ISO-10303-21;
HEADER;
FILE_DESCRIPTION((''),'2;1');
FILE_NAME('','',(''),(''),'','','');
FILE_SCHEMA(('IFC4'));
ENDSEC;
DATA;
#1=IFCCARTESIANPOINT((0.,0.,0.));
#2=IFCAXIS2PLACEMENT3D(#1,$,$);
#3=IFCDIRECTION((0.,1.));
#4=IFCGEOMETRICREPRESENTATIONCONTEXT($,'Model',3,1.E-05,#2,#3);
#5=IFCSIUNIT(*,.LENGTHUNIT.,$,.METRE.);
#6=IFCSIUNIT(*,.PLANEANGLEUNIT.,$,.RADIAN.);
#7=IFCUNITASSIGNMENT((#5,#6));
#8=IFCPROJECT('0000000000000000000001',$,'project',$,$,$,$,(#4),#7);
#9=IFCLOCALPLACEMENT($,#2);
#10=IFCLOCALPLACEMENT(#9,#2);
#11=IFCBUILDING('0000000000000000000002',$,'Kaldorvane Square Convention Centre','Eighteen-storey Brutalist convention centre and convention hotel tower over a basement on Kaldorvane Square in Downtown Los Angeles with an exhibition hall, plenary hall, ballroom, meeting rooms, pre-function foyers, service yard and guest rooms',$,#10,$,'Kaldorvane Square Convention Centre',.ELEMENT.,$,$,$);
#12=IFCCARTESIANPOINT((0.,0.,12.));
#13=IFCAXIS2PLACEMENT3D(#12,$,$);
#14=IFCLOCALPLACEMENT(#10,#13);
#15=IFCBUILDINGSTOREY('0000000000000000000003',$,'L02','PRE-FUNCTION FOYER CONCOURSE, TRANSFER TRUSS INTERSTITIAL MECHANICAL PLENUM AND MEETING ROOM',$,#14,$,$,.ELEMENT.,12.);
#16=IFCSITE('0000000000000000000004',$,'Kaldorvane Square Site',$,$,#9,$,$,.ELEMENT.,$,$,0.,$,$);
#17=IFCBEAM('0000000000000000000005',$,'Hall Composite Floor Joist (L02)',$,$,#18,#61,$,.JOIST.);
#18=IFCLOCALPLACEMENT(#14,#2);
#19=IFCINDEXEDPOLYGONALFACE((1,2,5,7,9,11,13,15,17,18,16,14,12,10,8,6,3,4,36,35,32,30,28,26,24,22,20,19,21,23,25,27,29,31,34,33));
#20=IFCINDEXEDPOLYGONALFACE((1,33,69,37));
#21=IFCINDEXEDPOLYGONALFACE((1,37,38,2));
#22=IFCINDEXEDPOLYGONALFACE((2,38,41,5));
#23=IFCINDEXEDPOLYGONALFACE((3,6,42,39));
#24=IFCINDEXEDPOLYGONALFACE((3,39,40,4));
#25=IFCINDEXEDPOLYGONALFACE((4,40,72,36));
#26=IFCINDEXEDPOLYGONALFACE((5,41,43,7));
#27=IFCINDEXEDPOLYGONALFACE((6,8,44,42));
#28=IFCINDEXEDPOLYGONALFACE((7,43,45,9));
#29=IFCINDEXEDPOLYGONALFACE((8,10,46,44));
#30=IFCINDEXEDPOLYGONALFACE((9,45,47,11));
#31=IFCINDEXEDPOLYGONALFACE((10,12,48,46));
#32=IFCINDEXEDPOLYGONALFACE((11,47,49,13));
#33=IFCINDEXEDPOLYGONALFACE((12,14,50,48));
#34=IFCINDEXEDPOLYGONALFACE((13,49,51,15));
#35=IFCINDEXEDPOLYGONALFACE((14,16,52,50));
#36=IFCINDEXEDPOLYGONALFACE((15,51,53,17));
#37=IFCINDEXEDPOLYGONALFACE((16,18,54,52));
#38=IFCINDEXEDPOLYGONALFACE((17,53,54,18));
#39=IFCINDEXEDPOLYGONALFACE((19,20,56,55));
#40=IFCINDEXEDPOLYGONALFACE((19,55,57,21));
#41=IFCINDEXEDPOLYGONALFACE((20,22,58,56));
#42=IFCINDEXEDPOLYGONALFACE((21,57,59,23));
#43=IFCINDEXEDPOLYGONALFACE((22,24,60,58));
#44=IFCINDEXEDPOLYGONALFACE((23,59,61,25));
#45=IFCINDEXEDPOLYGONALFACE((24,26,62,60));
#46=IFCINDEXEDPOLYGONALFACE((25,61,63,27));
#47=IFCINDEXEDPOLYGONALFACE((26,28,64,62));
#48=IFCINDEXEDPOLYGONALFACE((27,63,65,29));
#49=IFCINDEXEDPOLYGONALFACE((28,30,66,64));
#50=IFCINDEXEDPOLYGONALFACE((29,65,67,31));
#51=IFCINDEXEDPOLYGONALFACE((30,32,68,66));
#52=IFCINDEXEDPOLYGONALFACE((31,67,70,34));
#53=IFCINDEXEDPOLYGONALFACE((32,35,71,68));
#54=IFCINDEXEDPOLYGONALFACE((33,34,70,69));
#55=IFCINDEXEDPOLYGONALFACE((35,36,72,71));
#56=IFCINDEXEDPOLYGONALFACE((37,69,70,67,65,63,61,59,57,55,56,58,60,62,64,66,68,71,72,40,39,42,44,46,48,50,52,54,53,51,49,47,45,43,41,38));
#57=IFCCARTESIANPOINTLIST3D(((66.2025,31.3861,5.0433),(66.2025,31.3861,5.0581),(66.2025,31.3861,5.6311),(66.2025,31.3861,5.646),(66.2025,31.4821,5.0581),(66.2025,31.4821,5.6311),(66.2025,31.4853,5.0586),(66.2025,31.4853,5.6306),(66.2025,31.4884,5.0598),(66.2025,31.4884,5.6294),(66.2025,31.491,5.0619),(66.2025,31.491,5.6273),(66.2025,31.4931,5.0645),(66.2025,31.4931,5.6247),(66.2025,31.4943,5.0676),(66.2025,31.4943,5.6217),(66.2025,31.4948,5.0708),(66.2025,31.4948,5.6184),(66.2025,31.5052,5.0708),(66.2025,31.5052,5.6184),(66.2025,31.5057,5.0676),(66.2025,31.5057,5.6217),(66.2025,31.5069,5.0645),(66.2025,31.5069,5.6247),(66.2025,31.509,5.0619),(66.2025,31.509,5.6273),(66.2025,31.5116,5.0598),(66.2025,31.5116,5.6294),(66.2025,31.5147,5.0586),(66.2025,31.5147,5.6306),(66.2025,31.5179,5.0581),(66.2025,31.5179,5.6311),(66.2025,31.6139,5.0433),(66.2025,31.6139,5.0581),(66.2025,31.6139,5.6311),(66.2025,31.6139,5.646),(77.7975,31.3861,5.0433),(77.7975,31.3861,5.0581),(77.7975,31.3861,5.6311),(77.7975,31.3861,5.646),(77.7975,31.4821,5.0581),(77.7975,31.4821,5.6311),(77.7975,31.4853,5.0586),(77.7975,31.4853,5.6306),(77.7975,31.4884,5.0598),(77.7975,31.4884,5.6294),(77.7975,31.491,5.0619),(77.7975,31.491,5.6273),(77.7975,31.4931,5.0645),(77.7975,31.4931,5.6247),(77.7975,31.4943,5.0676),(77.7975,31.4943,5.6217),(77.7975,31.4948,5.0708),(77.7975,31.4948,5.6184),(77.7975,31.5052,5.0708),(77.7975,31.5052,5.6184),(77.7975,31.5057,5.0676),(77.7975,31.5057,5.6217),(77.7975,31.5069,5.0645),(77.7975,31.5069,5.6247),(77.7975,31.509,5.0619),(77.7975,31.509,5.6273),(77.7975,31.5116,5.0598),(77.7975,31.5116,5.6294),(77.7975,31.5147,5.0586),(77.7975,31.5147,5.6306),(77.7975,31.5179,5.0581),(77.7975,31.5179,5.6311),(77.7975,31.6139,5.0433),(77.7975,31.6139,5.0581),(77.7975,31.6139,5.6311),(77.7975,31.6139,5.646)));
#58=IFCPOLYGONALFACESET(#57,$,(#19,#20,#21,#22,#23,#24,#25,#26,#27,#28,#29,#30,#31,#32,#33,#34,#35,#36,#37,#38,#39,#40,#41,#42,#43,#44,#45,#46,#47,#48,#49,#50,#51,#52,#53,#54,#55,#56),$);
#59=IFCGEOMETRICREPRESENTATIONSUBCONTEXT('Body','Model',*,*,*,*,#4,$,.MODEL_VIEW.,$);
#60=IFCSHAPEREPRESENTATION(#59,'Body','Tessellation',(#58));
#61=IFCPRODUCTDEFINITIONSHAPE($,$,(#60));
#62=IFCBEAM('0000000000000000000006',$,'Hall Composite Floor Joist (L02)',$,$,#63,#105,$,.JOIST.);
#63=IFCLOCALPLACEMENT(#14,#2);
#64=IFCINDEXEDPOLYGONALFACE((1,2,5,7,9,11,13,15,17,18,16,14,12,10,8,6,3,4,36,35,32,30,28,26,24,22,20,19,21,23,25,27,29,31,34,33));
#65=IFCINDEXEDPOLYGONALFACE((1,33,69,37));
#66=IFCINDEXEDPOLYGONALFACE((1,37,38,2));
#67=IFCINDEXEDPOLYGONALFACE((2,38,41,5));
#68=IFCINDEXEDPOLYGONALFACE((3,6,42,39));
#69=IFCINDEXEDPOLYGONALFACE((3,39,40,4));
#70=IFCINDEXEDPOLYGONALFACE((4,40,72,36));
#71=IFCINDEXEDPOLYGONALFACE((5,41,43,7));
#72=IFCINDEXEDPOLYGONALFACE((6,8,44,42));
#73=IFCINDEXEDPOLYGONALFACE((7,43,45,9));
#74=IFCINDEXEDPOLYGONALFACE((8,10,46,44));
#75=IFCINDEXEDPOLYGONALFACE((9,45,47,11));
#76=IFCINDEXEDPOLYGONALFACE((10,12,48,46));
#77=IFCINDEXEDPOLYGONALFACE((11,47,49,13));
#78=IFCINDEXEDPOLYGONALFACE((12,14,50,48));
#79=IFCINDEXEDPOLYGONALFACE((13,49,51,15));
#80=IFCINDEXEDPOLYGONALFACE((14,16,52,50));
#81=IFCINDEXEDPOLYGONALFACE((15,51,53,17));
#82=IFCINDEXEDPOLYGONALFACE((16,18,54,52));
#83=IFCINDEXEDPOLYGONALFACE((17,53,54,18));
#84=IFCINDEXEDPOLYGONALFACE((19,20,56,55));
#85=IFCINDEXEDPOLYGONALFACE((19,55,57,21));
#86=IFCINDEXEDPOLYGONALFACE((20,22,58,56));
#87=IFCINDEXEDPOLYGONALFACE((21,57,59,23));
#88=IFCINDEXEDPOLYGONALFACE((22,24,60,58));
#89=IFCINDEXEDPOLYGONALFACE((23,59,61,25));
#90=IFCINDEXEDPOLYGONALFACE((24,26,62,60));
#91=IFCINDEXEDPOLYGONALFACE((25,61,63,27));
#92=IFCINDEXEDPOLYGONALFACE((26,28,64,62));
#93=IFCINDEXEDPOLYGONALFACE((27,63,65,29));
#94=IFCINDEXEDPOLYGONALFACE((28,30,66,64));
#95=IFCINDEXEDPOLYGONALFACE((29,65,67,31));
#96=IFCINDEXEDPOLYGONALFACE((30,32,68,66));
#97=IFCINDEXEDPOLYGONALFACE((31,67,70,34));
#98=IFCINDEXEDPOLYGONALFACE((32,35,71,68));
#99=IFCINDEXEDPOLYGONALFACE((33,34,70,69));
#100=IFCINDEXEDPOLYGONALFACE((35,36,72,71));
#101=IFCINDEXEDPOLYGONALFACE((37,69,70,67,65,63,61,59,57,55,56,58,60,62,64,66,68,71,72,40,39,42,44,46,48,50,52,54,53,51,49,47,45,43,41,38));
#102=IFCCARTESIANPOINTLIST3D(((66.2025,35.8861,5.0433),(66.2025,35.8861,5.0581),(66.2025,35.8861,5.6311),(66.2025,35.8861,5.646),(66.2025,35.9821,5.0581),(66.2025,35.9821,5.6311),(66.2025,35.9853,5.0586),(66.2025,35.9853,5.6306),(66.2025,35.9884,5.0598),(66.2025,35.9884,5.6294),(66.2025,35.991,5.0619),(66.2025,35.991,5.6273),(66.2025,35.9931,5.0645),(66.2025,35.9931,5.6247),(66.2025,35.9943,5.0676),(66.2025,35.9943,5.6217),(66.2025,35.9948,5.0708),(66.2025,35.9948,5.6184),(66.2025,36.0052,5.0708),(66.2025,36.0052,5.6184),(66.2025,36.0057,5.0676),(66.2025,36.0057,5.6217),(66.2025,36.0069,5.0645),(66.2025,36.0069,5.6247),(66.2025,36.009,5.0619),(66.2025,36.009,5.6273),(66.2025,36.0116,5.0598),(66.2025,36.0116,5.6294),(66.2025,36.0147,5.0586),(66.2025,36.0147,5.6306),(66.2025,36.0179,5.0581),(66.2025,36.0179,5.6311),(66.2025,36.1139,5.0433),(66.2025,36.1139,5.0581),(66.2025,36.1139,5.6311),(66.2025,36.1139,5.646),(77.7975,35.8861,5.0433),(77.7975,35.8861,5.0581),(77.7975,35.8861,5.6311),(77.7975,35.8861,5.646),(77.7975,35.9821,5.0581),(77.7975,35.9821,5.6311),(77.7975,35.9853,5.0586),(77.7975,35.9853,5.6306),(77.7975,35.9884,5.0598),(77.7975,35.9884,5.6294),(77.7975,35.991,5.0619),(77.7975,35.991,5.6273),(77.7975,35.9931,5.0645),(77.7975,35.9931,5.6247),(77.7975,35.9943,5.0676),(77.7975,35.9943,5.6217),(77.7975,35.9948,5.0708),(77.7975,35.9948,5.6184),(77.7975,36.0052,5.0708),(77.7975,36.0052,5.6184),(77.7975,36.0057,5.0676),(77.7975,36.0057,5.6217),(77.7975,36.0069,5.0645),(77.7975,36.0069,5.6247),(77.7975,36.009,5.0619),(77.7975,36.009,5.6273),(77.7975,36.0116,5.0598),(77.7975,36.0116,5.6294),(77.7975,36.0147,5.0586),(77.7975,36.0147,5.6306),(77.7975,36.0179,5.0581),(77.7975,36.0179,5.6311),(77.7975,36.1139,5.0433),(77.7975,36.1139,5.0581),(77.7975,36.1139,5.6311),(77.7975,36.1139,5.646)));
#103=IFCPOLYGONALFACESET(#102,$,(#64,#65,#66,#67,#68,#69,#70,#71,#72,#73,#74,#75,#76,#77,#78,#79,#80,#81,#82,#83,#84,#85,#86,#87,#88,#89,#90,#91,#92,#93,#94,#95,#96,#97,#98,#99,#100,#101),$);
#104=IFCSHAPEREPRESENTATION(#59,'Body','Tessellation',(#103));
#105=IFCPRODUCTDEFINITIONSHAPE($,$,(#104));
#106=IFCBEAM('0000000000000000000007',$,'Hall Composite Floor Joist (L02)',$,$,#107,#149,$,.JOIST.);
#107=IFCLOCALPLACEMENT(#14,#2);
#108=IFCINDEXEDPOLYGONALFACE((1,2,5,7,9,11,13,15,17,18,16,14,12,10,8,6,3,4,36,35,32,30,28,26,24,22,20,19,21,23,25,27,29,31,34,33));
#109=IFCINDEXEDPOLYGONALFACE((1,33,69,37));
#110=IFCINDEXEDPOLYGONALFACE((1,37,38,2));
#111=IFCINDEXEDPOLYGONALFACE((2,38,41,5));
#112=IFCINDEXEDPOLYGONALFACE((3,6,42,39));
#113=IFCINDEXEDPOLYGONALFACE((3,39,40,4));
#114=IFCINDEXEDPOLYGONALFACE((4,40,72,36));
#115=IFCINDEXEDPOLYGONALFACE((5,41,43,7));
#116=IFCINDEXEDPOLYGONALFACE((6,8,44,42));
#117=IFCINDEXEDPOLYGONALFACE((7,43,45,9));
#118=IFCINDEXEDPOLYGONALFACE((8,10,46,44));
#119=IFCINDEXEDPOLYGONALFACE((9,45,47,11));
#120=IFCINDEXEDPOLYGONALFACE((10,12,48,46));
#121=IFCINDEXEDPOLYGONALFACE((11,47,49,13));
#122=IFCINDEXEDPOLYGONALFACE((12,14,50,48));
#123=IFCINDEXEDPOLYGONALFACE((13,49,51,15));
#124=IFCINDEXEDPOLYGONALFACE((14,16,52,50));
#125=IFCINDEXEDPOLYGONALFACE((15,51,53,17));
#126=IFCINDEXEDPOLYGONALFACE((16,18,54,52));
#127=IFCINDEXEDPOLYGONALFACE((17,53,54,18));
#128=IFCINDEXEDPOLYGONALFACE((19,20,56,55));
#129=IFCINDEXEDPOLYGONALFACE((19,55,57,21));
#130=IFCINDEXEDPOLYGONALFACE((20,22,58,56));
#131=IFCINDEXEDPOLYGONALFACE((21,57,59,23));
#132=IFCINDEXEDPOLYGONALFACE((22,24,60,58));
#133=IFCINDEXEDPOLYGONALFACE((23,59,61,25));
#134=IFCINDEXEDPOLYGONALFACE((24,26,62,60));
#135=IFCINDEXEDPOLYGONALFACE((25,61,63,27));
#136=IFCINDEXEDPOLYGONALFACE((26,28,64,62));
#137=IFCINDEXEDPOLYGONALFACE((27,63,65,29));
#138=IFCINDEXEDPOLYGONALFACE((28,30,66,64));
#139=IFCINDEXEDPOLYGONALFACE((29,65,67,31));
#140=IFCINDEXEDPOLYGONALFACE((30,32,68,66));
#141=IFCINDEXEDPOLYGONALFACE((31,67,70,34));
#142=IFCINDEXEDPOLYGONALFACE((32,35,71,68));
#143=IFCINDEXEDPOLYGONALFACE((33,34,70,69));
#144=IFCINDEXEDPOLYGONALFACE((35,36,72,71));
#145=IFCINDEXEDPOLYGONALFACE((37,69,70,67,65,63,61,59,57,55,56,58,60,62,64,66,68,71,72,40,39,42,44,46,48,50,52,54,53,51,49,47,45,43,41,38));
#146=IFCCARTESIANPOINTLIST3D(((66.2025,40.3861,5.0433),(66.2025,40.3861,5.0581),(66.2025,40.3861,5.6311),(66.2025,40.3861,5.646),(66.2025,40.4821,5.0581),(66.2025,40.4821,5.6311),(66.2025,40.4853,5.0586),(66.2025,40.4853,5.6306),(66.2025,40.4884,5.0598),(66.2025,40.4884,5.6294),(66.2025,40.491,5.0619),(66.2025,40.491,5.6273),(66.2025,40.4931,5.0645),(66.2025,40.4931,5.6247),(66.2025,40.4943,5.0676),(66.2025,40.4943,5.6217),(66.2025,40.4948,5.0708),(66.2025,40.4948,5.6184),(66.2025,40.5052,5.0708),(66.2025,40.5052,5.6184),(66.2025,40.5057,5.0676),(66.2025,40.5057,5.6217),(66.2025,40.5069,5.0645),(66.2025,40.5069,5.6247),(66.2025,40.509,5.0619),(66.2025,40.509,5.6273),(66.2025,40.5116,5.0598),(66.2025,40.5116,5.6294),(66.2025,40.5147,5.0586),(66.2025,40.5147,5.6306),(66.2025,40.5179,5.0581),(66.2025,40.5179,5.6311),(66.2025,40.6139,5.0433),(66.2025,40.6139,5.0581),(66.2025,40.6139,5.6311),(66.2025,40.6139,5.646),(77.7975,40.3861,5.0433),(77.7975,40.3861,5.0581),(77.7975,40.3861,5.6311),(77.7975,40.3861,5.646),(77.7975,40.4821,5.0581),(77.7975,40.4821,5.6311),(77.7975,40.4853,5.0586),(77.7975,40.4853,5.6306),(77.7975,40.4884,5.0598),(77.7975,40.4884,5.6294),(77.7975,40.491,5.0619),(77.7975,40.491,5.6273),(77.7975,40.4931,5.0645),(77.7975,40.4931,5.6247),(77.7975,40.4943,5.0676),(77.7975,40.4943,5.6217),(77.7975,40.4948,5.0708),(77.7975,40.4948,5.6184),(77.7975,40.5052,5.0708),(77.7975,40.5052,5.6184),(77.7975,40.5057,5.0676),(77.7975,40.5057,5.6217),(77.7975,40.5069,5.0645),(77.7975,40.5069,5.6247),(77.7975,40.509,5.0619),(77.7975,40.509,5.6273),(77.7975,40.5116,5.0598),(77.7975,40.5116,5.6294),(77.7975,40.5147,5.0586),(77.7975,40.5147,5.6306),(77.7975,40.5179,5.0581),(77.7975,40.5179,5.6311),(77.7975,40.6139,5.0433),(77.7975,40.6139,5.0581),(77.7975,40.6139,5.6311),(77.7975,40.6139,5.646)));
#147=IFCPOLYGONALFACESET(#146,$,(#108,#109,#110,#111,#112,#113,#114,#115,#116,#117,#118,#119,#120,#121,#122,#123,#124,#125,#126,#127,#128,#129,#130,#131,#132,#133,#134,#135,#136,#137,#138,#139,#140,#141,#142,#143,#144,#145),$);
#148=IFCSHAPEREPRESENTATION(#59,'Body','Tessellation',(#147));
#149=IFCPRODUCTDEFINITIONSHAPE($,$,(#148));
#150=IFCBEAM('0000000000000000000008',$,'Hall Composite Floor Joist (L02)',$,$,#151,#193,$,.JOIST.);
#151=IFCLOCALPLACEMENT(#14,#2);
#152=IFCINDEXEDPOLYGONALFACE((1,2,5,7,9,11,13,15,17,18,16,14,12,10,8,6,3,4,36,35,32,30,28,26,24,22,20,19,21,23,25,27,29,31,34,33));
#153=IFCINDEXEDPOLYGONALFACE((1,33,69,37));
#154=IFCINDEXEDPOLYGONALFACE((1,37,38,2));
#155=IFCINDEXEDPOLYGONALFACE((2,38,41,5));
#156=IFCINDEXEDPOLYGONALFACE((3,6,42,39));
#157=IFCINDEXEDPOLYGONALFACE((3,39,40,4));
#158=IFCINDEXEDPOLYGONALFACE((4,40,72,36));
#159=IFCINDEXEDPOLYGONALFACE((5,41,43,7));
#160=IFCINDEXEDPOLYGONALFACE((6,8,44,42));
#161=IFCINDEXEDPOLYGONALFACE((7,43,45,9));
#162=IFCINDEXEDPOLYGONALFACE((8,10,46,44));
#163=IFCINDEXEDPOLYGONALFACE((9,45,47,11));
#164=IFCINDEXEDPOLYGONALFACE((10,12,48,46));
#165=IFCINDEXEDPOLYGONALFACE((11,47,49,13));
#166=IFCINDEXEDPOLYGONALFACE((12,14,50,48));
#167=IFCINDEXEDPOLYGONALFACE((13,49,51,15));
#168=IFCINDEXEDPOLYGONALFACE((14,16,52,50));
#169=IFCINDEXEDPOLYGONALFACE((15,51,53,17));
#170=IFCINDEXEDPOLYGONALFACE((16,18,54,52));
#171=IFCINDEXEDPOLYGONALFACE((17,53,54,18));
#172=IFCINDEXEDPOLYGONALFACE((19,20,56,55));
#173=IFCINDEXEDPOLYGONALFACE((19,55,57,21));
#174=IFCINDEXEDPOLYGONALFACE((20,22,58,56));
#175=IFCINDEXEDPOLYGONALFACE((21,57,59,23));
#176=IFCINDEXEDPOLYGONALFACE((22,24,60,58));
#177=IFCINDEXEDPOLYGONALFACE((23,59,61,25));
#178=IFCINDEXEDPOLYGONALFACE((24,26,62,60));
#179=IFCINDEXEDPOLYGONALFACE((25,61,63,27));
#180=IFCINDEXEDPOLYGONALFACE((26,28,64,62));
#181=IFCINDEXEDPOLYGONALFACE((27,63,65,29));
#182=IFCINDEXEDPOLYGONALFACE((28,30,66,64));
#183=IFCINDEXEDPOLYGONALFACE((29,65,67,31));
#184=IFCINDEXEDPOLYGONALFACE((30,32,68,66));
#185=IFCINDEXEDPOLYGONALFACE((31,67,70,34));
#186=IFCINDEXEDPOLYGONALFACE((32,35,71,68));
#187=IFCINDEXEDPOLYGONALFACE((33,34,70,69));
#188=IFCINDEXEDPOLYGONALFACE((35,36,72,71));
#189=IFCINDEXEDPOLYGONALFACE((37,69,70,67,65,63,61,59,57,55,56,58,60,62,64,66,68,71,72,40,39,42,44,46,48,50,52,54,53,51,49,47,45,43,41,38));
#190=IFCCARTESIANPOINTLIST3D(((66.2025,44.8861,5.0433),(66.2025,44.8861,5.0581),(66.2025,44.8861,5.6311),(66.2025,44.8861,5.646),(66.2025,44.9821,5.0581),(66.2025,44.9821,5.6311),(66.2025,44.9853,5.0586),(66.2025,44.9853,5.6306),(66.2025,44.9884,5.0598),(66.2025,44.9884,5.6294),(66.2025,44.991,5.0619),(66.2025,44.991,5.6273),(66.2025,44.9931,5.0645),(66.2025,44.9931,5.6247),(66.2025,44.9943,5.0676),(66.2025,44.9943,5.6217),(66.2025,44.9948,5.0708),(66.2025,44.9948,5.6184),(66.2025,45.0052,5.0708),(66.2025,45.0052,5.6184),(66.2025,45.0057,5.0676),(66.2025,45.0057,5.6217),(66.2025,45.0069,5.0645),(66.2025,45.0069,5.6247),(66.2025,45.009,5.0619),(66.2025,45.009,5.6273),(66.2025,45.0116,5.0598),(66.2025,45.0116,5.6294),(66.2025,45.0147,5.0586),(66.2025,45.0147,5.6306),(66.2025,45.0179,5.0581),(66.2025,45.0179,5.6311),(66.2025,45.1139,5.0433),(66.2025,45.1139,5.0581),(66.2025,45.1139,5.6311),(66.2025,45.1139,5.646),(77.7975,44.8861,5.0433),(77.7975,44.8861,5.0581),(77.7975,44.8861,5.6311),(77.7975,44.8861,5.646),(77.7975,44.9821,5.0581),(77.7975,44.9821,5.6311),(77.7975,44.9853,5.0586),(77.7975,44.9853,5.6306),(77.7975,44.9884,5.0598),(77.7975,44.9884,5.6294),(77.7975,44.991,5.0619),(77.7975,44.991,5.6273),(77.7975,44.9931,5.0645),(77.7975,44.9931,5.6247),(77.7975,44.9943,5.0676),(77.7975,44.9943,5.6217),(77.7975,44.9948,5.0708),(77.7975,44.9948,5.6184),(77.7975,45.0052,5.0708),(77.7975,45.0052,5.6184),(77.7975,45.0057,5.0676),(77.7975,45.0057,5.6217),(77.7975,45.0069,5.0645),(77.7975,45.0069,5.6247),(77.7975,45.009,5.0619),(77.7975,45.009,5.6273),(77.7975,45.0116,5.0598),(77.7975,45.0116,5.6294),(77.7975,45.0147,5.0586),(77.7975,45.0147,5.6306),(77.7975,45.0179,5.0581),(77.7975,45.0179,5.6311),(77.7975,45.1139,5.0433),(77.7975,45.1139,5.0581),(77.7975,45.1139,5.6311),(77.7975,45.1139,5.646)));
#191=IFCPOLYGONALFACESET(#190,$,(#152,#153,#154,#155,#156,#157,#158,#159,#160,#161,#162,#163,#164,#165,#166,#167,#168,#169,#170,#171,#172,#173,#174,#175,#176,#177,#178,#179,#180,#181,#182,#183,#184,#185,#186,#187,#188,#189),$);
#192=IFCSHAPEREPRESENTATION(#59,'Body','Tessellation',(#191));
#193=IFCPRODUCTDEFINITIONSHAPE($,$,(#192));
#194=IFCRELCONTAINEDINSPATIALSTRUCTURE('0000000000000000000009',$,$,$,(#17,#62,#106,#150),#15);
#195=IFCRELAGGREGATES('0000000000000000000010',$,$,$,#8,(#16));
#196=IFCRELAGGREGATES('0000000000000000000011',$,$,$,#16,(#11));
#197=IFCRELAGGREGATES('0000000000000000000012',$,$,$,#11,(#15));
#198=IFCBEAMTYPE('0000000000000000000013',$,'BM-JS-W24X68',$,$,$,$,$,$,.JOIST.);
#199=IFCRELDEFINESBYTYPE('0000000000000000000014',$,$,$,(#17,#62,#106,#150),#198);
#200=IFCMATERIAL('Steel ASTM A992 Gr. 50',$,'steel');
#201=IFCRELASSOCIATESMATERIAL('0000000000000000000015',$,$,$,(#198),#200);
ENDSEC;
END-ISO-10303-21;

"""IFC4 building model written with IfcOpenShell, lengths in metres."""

from ifc_helpers import new_model, si_unit, direction, frame, origin, origin_2d, place, context, subcontext, project, spatial, i_section, extrude, material, material_profile, profile_set, type_object, element, save


model = new_model("IFC4")

# Units and contexts
model_context = context("Model", 3, precision=1e-05, world=origin(), true_north=direction((0.0, 1.0)))
body_context = subcontext(model_context, "Body", "Model", "MODEL_VIEW")
ifc_project = project(units=[si_unit("LENGTHUNIT", "METRE"), si_unit("PLANEANGLEUNIT", "RADIAN")], contexts=[model_context])

# Site, building, storey
site_placement = place(None, origin())
site = spatial("IfcSite", under=ifc_project, at=site_placement, Name="Kaldorvane Square Site", CompositionType="ELEMENT", RefElevation=0.0)
building_placement = place(site_placement, origin())
building = spatial("IfcBuilding", under=site, at=building_placement, Name="Kaldorvane Square Convention Centre", Description="Eighteen-storey Brutalist convention centre and convention hotel tower over a basement on Kaldorvane Square in Downtown Los Angeles with an exhibition hall, plenary hall, ballroom, meeting rooms, pre-function foyers, service yard and guest rooms", LongName="Kaldorvane Square Convention Centre", CompositionType="ELEMENT")
storey_placement = place(building_placement, frame((0.0, 0.0, 12.0)))
storey = spatial("IfcBuildingStorey", under=building, at=storey_placement, Name="L02", Description="PRE-FUNCTION FOYER CONCOURSE, TRANSFER TRUSS INTERSTITIAL MECHANICAL PLENUM AND MEETING ROOM", CompositionType="ELEMENT", Elevation=12.0)

# Beams
ifc_material_1 = material(Name="Steel ASTM A992 Gr. 50", Category="steel")
ifc_material_profile_1 = material_profile(ifc_material_1, i_section(OverallWidth=0.2277, OverallDepth=0.6027, WebThickness=0.0105, FlangeThickness=0.0149, FilletRadius=0.0127, at=origin_2d()), Name="W24X68")
ifc_profile_set_1 = profile_set([ifc_material_profile_1], Name="Steel ASTM A992 Gr. 50")
beam_type = type_object("IfcBeamType", Name="BM-JS-W24X68", PredefinedType="JOIST", material=ifc_profile_set_1)
for number, where, z_axis, x_axis, name in (
    (1, (66.2025, 31.5, 5.3446), (1.0, 0.0, 0.0), (0.0, 1.0, 0.0), "Hall Composite Floor Joist (L02)"),
    (2, (66.2025, 36.0, 5.3446), (1.0, 0.0, 0.0), (0.0, 1.0, 0.0), "Hall Composite Floor Joist (L02)"),
    (3, (66.2025, 40.5, 5.3446), (1.0, 0.0, 0.0), (0.0, 1.0, 0.0), "Hall Composite Floor Joist (L02)"),
    (4, (66.2025, 45.0, 5.3446), (1.0, 0.0, 0.0), (0.0, 1.0, 0.0), "Hall Composite Floor Joist (L02)"),
):
    element("IfcBeam", number, at=place(storey_placement, frame(where, z_axis=z_axis, x_axis=x_axis)), inside=storey, type_object=beam_type, Name=name, PredefinedType="JOIST", context=body_context, shape_type="SweptSolid", body=[
        extrude(i_section(OverallWidth=0.2277, OverallDepth=0.6027, WebThickness=0.0105, FlangeThickness=0.0149, FilletRadius=0.0127, at=origin_2d()), origin(), (0.0, 0.0, 1.0), 11.595),
    ])

save(model, "model.ifc")
